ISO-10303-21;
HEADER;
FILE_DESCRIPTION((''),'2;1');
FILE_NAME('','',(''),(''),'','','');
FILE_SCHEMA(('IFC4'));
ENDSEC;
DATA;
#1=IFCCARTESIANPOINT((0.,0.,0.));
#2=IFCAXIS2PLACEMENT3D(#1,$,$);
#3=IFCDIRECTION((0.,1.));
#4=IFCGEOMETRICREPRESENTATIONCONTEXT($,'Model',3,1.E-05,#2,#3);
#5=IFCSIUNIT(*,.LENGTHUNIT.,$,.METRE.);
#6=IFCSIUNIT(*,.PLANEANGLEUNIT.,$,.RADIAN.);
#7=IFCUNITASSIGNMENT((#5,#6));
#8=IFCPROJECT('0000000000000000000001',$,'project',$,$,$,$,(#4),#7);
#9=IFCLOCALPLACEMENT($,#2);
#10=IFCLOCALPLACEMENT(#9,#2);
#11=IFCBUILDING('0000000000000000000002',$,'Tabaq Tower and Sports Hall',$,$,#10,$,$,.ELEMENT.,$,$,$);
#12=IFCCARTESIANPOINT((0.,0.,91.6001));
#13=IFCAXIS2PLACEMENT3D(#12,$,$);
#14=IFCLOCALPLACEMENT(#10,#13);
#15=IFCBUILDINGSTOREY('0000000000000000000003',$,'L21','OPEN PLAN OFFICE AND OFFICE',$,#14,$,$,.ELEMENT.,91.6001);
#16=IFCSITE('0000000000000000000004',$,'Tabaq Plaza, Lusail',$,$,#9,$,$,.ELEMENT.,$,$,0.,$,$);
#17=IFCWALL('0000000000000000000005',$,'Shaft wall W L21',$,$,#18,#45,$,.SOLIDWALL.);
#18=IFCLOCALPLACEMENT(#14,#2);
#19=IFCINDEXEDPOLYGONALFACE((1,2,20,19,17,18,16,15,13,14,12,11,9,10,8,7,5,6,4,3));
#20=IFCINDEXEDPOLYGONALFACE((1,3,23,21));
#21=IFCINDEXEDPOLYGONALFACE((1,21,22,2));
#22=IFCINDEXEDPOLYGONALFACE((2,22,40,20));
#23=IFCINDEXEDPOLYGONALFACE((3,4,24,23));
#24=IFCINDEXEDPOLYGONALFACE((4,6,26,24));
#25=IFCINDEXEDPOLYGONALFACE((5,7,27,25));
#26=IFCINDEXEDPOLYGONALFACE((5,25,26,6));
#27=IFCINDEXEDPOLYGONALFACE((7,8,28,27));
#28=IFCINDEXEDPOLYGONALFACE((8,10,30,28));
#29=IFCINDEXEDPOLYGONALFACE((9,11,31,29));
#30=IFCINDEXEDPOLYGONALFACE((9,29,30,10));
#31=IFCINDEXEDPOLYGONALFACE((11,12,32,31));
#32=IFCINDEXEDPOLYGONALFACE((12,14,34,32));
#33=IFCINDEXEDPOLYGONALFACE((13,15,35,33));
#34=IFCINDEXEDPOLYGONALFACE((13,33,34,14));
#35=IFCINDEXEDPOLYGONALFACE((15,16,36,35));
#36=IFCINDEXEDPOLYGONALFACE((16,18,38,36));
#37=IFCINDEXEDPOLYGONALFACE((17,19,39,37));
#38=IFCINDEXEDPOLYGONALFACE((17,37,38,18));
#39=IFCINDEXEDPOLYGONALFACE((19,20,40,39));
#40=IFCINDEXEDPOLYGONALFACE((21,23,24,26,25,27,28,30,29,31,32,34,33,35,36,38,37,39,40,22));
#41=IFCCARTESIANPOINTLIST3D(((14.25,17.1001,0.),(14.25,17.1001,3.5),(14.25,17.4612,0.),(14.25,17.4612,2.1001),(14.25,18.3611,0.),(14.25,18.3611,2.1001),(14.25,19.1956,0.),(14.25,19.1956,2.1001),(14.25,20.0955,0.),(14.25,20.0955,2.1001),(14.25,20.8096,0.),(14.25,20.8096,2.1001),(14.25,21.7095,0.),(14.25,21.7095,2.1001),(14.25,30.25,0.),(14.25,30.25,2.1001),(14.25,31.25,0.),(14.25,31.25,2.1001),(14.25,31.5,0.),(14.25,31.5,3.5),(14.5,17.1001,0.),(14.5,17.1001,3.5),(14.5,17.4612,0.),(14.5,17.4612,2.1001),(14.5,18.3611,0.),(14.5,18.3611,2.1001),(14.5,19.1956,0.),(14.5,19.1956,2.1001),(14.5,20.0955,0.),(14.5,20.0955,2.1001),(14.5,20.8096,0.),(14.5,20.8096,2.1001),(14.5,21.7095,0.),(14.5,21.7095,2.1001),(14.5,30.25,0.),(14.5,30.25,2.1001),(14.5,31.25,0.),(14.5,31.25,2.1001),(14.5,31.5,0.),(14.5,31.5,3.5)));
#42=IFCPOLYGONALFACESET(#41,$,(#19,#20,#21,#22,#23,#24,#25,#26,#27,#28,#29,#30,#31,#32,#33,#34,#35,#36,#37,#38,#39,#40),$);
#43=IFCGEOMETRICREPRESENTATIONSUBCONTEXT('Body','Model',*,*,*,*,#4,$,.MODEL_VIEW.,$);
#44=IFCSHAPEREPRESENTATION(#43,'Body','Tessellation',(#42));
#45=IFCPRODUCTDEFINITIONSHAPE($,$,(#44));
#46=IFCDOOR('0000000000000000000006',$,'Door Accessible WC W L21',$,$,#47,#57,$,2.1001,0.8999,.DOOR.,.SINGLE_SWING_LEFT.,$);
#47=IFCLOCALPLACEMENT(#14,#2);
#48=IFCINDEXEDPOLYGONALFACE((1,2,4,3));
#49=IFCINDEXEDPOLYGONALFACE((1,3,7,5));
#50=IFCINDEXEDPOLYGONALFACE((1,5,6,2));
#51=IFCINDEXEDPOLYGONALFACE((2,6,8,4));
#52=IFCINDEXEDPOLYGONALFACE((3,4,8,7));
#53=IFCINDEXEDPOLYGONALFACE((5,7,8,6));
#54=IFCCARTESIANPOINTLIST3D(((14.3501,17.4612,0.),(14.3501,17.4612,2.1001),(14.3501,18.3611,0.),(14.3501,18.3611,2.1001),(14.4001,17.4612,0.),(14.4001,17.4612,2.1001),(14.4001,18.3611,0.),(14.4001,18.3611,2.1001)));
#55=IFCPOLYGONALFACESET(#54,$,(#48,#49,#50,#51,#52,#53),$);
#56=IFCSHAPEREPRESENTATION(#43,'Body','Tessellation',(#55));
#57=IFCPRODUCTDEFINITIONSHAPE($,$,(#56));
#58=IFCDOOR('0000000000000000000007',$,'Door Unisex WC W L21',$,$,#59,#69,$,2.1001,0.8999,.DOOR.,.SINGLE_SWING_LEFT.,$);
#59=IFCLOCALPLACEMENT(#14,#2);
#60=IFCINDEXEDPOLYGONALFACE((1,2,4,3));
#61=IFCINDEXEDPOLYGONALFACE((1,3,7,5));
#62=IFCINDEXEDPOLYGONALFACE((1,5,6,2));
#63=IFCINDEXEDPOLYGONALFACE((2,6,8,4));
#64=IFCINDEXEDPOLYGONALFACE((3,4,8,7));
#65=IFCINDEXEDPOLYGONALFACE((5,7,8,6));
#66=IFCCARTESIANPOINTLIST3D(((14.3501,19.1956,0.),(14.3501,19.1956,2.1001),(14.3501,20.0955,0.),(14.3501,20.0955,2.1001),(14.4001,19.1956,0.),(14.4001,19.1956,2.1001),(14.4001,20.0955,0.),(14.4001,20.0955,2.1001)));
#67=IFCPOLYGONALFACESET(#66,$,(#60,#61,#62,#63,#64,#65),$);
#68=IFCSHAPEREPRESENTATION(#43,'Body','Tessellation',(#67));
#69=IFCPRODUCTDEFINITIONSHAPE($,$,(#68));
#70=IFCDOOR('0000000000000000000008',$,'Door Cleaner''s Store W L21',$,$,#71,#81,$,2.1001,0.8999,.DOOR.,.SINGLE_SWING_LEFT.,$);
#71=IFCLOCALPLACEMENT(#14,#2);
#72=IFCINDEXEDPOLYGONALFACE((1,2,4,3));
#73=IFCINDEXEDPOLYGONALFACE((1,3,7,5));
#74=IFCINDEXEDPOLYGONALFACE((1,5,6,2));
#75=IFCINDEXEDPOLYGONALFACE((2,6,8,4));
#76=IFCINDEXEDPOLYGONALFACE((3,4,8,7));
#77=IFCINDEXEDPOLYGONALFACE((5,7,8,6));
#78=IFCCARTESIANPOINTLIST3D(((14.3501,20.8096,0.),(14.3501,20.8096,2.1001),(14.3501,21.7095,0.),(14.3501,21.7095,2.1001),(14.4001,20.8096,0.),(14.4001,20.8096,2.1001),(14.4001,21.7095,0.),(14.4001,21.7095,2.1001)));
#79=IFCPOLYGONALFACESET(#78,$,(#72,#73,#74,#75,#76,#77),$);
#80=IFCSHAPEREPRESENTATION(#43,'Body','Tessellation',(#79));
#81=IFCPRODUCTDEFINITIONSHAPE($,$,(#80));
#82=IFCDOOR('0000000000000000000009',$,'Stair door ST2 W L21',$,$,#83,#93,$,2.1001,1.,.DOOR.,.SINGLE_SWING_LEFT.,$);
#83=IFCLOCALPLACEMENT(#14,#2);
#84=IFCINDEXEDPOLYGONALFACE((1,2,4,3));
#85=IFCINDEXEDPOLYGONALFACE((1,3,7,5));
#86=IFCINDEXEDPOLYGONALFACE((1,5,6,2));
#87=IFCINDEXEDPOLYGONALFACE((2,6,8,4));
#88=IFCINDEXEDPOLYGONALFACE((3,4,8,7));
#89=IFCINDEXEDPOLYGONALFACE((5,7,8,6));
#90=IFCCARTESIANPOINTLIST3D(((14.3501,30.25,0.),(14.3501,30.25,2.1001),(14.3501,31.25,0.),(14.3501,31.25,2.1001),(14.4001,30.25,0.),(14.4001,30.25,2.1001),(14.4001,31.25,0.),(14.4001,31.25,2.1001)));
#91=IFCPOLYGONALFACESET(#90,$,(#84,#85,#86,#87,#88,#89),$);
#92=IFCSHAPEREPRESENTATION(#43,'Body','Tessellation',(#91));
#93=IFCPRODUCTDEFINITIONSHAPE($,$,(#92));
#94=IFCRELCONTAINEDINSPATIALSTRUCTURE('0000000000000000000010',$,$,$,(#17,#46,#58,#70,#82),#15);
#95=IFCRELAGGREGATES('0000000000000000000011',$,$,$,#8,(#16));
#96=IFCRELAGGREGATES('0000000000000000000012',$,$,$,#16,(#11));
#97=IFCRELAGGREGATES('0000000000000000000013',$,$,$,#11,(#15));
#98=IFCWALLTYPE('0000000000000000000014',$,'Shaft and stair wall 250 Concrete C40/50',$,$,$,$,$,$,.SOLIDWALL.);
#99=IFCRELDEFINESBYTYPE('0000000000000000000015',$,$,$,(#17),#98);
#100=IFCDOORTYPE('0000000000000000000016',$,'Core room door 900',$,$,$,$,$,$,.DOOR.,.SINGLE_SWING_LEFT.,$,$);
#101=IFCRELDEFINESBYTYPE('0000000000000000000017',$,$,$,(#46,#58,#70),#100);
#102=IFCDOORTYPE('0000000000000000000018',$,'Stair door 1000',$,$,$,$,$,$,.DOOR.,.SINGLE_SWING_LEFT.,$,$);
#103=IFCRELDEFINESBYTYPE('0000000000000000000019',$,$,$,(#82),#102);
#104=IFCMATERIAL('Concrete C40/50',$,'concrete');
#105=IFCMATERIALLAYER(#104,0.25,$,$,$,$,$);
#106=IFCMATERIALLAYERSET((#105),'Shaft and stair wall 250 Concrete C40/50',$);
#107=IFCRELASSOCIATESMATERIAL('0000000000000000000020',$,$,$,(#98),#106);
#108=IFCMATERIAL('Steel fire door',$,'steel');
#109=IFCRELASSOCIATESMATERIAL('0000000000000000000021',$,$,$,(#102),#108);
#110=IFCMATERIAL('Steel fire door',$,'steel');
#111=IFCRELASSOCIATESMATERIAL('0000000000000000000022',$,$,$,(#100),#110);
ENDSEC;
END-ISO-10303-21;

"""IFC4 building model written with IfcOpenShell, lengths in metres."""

from ifc_helpers import new_model, si_unit, direction, frame, frame_2d, origin, place, context, subcontext, project, spatial, rectangle, extrude, material, layer, layer_set, type_object, element, fill, save


model = new_model("IFC4")

# Units and contexts
model_context = context("Model", 3, precision=1e-05, world=origin(), true_north=direction((0.0, 1.0)))
body_context = subcontext(model_context, "Body", "Model", "MODEL_VIEW")
ifc_project = project(units=[si_unit("LENGTHUNIT", "METRE"), si_unit("PLANEANGLEUNIT", "RADIAN")], contexts=[model_context])

# Site, building, storey
site_placement = place(None, origin())
site = spatial("IfcSite", under=ifc_project, at=site_placement, Name="Tabaq Plaza, Lusail", CompositionType="ELEMENT", RefElevation=0.0)
building_placement = place(site_placement, origin())
building = spatial("IfcBuilding", under=site, at=building_placement, Name="Tabaq Tower and Sports Hall", CompositionType="ELEMENT")
storey_placement = place(building_placement, frame((0.0, 0.0, 91.6001)))
storey = spatial("IfcBuildingStorey", under=building, at=storey_placement, Name="L21", Description="OPEN PLAN OFFICE AND OFFICE", CompositionType="ELEMENT", Elevation=91.6001)

# Wall, openings, doors
ifc_material_1 = material(Name="Concrete C40/50", Category="concrete")
ifc_layer_1 = layer(ifc_material_1, 0.25)
ifc_layer_set_1 = layer_set([ifc_layer_1], Name="Shaft and stair wall 250 Concrete C40/50")
wall_type_1 = type_object("IfcWallType", Name="Shaft and stair wall 250 Concrete C40/50", PredefinedType="SOLIDWALL", material=ifc_layer_set_1)
ifc_material_2 = material(Name="Steel fire door", Category="steel")
door_type_1 = type_object("IfcDoorType", Name="Stair door 1000", OperationType="SINGLE_SWING_LEFT", PredefinedType="DOOR", material=ifc_material_2)
wall_1_placement = place(storey_placement, frame((14.375, 17.1001, 0.0), z_axis=(0.0, 0.0, 1.0), x_axis=(0.0, 1.0, 0.0)))
wall_1 = element("IfcWall", 1, at=wall_1_placement, inside=storey, type_object=wall_type_1, Name="Shaft wall W L21", PredefinedType="SOLIDWALL", context=body_context, shape_type="SweptSolid", body=[
    extrude(rectangle(XDim=14.3999, YDim=0.25, at=frame_2d((7.2, 0.0))), origin(), (0.0, 0.0, 1.0), 3.5),
])
opening_1_placement = place(wall_1_placement, frame((13.1499, 0.0, 0.0)))
opening_1 = element("IfcOpeningElement", 2, at=opening_1_placement, cuts=wall_1, PredefinedType="OPENING", context=body_context, shape_type="SweptSolid", body=[
    extrude(rectangle(XDim=1.0, YDim=2.1001, at=frame_2d((0.5, 1.05))), frame((0.0, 0.125, 0.0), z_axis=(0.0, -1.0, 0.0), x_axis=(1.0, 0.0, 0.0)), (0.0, 0.0, 1.0), 0.25),
])
opening_2_placement = place(wall_1_placement, frame((0.3611, 0.0, 0.0)))
opening_2 = element("IfcOpeningElement", 3, at=opening_2_placement, cuts=wall_1, PredefinedType="OPENING", context=body_context, shape_type="SweptSolid", body=[
    extrude(rectangle(XDim=0.8999, YDim=2.1001, at=frame_2d((0.45, 1.05))), frame((0.0, 0.125, 0.0), z_axis=(0.0, -1.0, 0.0), x_axis=(1.0, 0.0, 0.0)), (0.0, 0.0, 1.0), 0.25),
])
opening_3_placement = place(wall_1_placement, frame((2.0955, 0.0, 0.0)))
opening_3 = element("IfcOpeningElement", 4, at=opening_3_placement, cuts=wall_1, PredefinedType="OPENING", context=body_context, shape_type="SweptSolid", body=[
    extrude(rectangle(XDim=0.8999, YDim=2.1001, at=frame_2d((0.45, 1.05))), frame((0.0, 0.125, 0.0), z_axis=(0.0, -1.0, 0.0), x_axis=(1.0, 0.0, 0.0)), (0.0, 0.0, 1.0), 0.25),
])
opening_4_placement = place(wall_1_placement, frame((3.7095, 0.0, 0.0)))
opening_4 = element("IfcOpeningElement", 5, at=opening_4_placement, cuts=wall_1, PredefinedType="OPENING", context=body_context, shape_type="SweptSolid", body=[
    extrude(rectangle(XDim=0.8999, YDim=2.1001, at=frame_2d((0.45, 1.05))), frame((0.0, 0.125, 0.0), z_axis=(0.0, -1.0, 0.0), x_axis=(1.0, 0.0, 0.0)), (0.0, 0.0, 1.0), 0.25),
])
ifc_material_3 = material(Name="Steel fire door", Category="steel")
door_type_2 = type_object("IfcDoorType", Name="Core room door 900", OperationType="SINGLE_SWING_LEFT", PredefinedType="DOOR", material=ifc_material_3)
door_1_placement = place(opening_2_placement, origin())
door_1 = element("IfcDoor", 6, at=door_1_placement, inside=storey, type_object=door_type_2, Name="Door Accessible WC W L21", OperationType="SINGLE_SWING_LEFT", OverallHeight=2.1001, OverallWidth=0.8999, PredefinedType="DOOR", context=body_context, shape_type="SweptSolid", body=[
    extrude(rectangle(XDim=0.8999, YDim=2.1001, at=frame_2d((0.45, 1.05))), frame((0.0, 0.0249, 0.0), z_axis=(0.0, -1.0, 0.0), x_axis=(1.0, 0.0, 0.0)), (0.0, 0.0, 1.0), 0.05),
])
fill(opening_2, door_1)
door_2_placement = place(opening_3_placement, origin())
door_2 = element("IfcDoor", 7, at=door_2_placement, inside=storey, type_object=door_type_2, Name="Door Unisex WC W L21", OperationType="SINGLE_SWING_LEFT", OverallHeight=2.1001, OverallWidth=0.8999, PredefinedType="DOOR", context=body_context, shape_type="SweptSolid", body=[
    extrude(rectangle(XDim=0.8999, YDim=2.1001, at=frame_2d((0.45, 1.05))), frame((0.0, 0.0249, 0.0), z_axis=(0.0, -1.0, 0.0), x_axis=(1.0, 0.0, 0.0)), (0.0, 0.0, 1.0), 0.05),
])
fill(opening_3, door_2)
door_3_placement = place(opening_4_placement, origin())
door_3 = element("IfcDoor", 8, at=door_3_placement, inside=storey, type_object=door_type_2, Name="Door Cleaner's Store W L21", OperationType="SINGLE_SWING_LEFT", OverallHeight=2.1001, OverallWidth=0.8999, PredefinedType="DOOR", context=body_context, shape_type="SweptSolid", body=[
    extrude(rectangle(XDim=0.8999, YDim=2.1001, at=frame_2d((0.45, 1.05))), frame((0.0, 0.0249, 0.0), z_axis=(0.0, -1.0, 0.0), x_axis=(1.0, 0.0, 0.0)), (0.0, 0.0, 1.0), 0.05),
])
fill(opening_4, door_3)
door_4_placement = place(opening_1_placement, origin())
door_4 = element("IfcDoor", 9, at=door_4_placement, inside=storey, type_object=door_type_1, Name="Stair door ST2 W L21", OperationType="SINGLE_SWING_LEFT", OverallHeight=2.1001, OverallWidth=1.0, PredefinedType="DOOR", context=body_context, shape_type="SweptSolid", body=[
    extrude(rectangle(XDim=1.0, YDim=2.1001, at=frame_2d((0.5, 1.05))), frame((0.0, 0.0249, 0.0), z_axis=(0.0, -1.0, 0.0), x_axis=(1.0, 0.0, 0.0)), (0.0, 0.0, 1.0), 0.05),
])
fill(opening_1, door_4)

save(model, "model.ifc")
